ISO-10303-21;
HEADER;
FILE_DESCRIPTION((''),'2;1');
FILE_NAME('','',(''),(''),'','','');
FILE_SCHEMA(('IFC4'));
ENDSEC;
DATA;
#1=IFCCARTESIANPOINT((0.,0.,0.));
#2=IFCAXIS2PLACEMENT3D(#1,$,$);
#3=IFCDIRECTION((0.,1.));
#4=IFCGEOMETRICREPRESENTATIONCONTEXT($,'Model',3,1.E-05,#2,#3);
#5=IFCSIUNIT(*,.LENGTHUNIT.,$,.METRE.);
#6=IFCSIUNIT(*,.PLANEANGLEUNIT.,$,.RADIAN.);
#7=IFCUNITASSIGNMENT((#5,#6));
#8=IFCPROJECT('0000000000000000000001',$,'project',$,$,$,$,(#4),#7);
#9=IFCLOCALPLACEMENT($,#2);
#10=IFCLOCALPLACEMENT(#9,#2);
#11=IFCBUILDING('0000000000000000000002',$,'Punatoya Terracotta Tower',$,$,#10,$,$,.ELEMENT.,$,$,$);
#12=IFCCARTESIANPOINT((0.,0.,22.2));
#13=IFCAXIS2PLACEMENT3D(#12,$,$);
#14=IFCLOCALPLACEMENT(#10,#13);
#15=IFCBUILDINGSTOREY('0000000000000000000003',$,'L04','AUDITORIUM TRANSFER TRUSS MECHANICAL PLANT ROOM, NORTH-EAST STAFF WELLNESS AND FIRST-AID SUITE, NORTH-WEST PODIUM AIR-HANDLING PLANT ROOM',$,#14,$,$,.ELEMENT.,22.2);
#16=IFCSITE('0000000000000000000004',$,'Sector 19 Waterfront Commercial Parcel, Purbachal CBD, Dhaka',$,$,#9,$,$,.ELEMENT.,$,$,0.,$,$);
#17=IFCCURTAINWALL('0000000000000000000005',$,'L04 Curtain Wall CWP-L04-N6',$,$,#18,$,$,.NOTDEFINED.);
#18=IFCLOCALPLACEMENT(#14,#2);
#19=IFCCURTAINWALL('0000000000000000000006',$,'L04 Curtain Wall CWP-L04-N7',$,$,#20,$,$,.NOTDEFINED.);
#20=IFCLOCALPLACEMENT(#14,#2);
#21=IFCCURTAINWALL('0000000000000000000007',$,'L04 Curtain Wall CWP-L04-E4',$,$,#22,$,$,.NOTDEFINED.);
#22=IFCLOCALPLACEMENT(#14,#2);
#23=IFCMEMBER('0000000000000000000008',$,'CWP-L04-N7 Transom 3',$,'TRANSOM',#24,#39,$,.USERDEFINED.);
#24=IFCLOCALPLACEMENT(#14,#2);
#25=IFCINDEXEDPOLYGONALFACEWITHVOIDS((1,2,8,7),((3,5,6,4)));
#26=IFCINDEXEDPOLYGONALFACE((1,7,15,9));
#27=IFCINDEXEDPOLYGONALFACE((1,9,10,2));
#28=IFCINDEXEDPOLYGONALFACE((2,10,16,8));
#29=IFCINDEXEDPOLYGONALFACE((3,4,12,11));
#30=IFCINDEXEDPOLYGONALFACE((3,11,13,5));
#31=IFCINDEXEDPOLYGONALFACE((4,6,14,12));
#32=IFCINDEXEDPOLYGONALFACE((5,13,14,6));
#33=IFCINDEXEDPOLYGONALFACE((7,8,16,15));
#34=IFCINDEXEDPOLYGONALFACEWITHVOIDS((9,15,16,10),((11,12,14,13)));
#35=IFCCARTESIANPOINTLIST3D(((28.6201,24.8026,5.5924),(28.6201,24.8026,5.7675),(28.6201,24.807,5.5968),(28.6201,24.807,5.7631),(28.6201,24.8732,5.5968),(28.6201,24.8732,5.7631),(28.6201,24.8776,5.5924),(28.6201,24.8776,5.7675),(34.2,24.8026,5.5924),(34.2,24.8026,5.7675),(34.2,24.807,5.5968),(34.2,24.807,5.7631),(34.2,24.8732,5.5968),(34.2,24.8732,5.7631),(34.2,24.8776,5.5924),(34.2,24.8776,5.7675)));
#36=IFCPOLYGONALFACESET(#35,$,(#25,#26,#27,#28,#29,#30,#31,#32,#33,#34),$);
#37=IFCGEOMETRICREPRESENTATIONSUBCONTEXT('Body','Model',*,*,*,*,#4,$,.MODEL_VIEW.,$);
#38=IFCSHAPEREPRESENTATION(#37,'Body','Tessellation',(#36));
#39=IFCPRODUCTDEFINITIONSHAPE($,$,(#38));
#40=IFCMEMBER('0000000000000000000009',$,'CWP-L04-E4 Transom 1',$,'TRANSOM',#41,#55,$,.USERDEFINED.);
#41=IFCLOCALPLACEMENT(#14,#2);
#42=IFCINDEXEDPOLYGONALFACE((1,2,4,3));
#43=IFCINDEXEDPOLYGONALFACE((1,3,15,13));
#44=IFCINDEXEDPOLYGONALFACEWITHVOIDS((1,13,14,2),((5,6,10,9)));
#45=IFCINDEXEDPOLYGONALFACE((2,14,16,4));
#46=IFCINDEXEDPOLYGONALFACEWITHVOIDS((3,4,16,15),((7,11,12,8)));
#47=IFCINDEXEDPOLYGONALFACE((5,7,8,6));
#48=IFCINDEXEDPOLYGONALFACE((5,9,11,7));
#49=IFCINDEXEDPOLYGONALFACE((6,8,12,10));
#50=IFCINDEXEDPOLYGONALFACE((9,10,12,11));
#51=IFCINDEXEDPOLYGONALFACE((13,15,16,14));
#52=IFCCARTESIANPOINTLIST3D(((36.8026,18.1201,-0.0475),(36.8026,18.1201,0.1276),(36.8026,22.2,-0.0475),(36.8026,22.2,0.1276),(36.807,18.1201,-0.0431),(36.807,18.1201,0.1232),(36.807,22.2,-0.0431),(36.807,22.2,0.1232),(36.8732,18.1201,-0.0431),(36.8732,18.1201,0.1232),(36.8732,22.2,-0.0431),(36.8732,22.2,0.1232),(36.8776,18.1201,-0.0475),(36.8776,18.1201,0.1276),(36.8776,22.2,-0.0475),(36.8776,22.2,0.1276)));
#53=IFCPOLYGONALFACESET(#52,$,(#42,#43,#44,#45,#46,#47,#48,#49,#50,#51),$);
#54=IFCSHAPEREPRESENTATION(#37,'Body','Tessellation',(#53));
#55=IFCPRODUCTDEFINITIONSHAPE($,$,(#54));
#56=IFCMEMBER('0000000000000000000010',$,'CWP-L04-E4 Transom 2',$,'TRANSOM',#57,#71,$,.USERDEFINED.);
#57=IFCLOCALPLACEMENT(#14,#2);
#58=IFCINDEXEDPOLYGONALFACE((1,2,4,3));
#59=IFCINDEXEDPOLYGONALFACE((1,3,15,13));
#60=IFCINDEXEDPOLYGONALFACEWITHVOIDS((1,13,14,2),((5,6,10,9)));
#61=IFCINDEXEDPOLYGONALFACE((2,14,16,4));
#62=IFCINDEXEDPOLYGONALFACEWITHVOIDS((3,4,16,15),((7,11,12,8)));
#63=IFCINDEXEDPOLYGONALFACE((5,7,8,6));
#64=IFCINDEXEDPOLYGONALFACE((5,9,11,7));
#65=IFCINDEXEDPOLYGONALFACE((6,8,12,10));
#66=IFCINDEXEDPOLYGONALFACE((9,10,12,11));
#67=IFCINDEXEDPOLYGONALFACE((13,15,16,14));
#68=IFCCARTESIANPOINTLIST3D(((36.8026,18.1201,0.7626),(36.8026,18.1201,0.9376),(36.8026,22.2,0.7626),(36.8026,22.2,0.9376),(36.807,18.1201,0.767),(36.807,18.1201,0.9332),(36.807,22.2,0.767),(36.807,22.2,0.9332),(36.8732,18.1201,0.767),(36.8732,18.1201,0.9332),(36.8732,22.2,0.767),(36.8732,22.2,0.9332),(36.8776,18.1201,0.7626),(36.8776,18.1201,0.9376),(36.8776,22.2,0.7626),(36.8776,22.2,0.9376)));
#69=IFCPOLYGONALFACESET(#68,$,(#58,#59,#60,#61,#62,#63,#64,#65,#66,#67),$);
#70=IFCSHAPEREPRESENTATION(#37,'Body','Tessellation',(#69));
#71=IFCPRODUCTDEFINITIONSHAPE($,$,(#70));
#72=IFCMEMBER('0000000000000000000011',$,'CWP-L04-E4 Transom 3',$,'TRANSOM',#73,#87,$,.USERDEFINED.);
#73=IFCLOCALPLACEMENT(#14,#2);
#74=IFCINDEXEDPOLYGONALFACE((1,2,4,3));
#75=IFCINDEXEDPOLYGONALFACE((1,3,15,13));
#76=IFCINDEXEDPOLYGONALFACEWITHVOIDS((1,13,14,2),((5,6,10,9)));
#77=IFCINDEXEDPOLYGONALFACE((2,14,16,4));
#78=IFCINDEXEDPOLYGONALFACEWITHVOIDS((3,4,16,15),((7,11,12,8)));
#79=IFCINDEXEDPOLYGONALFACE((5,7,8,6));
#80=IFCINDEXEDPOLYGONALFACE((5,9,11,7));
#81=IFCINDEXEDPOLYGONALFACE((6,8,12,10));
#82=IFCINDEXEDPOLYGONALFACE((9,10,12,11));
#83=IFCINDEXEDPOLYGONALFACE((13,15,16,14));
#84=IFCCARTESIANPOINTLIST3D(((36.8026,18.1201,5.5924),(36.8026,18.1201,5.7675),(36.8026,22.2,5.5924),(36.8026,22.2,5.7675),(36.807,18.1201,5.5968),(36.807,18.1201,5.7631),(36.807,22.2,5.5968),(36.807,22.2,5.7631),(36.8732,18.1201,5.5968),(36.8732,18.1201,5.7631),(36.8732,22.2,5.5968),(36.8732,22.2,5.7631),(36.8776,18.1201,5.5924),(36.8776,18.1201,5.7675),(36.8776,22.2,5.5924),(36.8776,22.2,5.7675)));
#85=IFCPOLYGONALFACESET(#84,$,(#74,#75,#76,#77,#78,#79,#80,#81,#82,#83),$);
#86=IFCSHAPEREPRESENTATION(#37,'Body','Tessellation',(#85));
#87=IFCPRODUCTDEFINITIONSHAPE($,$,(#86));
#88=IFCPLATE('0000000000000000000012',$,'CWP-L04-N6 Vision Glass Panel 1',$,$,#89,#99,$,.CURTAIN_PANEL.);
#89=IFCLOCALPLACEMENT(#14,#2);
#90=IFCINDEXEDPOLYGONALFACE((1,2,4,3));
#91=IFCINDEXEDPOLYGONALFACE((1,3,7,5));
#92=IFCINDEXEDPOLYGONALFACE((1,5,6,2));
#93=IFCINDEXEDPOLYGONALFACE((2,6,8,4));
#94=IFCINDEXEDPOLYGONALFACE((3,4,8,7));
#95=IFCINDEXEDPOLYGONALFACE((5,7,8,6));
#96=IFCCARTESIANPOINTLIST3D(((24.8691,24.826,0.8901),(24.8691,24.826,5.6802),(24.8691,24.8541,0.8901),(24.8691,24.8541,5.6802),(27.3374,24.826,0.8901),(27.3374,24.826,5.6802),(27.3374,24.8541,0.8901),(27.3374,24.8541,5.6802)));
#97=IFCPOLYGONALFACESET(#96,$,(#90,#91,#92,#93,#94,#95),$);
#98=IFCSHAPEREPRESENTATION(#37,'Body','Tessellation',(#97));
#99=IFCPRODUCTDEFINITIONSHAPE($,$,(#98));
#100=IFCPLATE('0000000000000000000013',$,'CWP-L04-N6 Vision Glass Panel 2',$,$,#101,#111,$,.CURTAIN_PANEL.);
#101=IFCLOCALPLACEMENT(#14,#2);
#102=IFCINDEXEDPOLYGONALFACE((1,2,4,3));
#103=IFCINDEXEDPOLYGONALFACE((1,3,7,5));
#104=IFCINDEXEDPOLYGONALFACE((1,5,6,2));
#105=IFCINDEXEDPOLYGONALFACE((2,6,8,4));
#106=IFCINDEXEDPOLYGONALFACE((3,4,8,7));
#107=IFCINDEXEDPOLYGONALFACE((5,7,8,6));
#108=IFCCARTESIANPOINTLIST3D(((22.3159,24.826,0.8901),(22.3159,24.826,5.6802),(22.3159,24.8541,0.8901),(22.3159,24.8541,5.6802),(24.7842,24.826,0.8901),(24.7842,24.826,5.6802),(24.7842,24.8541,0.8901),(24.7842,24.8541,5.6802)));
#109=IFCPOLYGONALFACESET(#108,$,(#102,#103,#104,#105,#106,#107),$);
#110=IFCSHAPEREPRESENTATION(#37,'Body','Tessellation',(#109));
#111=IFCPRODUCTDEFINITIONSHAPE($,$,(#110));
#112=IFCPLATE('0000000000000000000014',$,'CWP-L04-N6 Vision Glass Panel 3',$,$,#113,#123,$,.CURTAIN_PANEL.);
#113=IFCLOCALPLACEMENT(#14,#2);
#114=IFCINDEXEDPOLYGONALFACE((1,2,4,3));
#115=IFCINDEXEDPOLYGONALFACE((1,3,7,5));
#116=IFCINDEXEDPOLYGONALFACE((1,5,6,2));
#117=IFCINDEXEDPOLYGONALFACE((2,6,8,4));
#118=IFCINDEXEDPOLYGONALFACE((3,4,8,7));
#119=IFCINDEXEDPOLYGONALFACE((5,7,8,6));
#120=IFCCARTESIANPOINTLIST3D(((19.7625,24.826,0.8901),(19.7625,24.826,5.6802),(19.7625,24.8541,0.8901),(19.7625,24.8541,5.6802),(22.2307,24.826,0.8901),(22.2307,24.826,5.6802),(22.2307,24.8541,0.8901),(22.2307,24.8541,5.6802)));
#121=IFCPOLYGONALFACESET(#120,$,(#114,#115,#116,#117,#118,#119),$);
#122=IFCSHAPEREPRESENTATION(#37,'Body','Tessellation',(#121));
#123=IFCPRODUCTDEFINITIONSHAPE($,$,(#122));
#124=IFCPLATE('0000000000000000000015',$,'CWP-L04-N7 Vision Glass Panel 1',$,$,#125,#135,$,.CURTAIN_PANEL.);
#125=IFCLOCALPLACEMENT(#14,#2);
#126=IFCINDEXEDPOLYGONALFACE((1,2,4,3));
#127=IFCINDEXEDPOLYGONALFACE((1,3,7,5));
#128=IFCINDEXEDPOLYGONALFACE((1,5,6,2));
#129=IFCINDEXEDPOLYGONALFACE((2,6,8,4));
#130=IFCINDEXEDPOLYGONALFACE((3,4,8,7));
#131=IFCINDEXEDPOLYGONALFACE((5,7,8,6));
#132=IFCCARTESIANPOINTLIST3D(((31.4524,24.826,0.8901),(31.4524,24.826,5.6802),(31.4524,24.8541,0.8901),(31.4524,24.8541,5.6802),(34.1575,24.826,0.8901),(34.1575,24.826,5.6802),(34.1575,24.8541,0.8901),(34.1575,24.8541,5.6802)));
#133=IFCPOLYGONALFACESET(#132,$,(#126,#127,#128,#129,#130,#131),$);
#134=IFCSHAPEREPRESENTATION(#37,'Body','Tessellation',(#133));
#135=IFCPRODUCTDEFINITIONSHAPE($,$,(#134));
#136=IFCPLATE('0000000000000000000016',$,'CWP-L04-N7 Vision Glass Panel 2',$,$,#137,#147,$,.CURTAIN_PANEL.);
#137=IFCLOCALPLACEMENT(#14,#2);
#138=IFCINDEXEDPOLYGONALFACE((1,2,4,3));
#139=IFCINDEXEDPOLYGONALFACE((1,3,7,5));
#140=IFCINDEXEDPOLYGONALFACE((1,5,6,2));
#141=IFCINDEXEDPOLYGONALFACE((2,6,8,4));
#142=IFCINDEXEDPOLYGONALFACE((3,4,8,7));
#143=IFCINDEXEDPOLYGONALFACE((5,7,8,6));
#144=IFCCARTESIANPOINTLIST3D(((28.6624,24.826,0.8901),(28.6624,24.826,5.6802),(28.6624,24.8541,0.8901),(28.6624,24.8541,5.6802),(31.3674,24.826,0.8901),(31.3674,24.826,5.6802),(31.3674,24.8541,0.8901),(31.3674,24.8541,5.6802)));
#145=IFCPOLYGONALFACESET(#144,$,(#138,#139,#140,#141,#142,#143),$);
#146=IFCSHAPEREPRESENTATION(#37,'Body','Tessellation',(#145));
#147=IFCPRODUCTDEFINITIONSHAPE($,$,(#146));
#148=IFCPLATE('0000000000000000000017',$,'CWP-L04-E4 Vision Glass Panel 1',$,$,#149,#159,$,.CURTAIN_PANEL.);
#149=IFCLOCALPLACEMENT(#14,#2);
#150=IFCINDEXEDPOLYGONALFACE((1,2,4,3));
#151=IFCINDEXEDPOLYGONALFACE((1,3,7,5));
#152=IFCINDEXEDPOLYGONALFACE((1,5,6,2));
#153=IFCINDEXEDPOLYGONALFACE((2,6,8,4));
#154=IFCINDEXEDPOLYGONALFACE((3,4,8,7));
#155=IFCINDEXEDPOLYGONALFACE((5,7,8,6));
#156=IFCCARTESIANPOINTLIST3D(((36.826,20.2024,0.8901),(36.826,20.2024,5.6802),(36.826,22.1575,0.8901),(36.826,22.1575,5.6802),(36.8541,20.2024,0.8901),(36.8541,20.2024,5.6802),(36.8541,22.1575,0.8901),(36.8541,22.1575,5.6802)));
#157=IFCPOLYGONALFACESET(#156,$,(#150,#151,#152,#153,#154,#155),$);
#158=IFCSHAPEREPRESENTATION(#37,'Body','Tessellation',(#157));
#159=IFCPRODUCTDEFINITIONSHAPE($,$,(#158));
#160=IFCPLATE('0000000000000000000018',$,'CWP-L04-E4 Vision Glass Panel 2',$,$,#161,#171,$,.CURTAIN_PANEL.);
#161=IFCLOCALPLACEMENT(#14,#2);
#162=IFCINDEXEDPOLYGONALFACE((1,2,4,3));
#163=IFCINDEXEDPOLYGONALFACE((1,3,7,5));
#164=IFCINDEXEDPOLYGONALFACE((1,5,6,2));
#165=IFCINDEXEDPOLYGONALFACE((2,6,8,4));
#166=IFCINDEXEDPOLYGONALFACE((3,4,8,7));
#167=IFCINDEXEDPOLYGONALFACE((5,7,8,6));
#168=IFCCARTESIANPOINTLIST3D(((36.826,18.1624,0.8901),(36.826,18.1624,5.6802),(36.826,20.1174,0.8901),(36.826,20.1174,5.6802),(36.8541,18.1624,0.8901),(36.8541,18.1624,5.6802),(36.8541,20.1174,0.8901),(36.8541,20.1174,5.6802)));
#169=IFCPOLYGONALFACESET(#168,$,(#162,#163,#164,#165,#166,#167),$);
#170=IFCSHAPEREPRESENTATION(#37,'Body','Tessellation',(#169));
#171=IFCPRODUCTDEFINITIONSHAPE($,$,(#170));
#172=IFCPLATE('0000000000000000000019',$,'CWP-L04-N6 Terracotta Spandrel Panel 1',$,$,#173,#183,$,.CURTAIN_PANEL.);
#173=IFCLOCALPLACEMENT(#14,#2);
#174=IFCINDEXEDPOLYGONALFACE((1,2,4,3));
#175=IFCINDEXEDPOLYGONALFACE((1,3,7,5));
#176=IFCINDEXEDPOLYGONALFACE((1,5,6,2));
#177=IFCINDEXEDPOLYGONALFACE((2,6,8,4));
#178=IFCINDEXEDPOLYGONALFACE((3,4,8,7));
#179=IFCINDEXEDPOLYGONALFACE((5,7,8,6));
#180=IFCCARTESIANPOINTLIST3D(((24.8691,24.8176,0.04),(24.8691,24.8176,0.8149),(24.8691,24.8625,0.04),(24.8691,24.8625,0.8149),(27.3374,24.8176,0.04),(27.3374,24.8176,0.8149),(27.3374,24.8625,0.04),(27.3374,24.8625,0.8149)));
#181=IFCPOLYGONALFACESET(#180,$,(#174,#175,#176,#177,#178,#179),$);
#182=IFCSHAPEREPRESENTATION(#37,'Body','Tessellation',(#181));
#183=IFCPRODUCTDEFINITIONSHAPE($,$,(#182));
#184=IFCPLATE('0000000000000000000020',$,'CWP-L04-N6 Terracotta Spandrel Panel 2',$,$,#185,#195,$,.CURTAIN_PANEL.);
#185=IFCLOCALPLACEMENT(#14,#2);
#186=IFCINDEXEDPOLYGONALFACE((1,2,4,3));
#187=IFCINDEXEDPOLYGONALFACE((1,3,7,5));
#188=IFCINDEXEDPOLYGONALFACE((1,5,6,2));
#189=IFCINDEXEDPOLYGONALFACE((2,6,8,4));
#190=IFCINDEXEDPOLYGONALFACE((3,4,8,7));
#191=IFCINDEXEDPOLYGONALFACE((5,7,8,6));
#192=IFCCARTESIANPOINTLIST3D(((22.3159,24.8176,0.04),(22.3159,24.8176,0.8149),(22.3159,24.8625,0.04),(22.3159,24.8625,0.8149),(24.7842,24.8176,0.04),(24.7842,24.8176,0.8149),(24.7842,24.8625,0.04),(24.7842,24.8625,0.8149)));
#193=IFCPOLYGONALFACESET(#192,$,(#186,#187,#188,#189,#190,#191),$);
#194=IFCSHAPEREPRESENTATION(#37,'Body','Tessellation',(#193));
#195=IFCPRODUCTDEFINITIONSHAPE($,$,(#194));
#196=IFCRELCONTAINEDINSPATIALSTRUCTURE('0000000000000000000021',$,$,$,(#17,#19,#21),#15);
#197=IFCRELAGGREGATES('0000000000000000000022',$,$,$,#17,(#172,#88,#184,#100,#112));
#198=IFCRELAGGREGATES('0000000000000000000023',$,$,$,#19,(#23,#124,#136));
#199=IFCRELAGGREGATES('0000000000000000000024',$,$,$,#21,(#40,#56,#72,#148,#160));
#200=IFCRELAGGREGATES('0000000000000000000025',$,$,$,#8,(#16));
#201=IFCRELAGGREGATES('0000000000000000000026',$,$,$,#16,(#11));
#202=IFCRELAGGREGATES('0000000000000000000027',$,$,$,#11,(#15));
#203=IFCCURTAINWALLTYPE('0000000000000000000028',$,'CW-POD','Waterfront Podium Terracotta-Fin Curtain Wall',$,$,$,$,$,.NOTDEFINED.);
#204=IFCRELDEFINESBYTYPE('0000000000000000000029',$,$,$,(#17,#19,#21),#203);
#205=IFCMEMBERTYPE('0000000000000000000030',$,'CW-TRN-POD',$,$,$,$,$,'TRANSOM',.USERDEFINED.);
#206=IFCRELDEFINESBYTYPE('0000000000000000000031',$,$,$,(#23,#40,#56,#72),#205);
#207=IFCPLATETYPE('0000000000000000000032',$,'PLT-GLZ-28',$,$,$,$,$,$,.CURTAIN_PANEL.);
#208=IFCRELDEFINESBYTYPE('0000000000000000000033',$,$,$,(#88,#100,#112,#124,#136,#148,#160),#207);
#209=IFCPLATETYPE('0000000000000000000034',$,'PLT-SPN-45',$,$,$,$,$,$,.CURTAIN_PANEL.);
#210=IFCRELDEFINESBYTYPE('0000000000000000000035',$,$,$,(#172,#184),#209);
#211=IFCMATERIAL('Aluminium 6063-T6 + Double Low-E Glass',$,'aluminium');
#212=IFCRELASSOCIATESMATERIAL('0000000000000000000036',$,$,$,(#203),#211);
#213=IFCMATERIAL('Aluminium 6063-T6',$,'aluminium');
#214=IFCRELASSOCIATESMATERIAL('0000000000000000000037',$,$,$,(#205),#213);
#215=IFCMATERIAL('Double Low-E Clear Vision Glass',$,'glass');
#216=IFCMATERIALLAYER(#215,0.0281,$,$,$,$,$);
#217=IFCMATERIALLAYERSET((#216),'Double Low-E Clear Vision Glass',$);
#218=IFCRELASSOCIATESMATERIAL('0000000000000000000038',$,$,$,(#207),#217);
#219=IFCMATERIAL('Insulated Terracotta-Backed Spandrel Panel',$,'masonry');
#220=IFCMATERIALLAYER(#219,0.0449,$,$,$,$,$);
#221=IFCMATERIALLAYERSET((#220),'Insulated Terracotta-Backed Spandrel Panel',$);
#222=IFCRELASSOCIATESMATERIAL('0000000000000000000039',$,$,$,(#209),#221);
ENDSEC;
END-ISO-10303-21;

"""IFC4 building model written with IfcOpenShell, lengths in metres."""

from ifc_helpers import new_model, si_unit, direction, frame, origin, origin_2d, place, context, subcontext, project, spatial, rectangle, hollow_rectangle, extrude, material, layer, layer_set, material_profile, profile_set, type_object, element, aggregate, save


model = new_model("IFC4")

# Units and contexts
model_context = context("Model", 3, precision=1e-05, world=origin(), true_north=direction((0.0, 1.0)))
body_context = subcontext(model_context, "Body", "Model", "MODEL_VIEW")
ifc_project = project(units=[si_unit("LENGTHUNIT", "METRE"), si_unit("PLANEANGLEUNIT", "RADIAN")], contexts=[model_context])

# Site, building, storey
site_placement = place(None, origin())
site = spatial("IfcSite", under=ifc_project, at=site_placement, Name="Sector 19 Waterfront Commercial Parcel, Purbachal CBD, Dhaka", CompositionType="ELEMENT", RefElevation=0.0)
building_placement = place(site_placement, origin())
building = spatial("IfcBuilding", under=site, at=building_placement, Name="Punatoya Terracotta Tower", CompositionType="ELEMENT")
storey_placement = place(building_placement, frame((0.0, 0.0, 22.2)))
storey = spatial("IfcBuildingStorey", under=building, at=storey_placement, Name="L04", Description="AUDITORIUM TRANSFER TRUSS MECHANICAL PLANT ROOM, NORTH-EAST STAFF WELLNESS AND FIRST-AID SUITE, NORTH-WEST PODIUM AIR-HANDLING PLANT ROOM", CompositionType="ELEMENT", Elevation=22.2)

# Curtain walls
ifc_material_1 = material(Name="Aluminium 6063-T6 + Double Low-E Glass", Category="aluminium")
curtain_wall_type = type_object("IfcCurtainWallType", Name="CW-POD", Description="Waterfront Podium Terracotta-Fin Curtain Wall", PredefinedType="NOTDEFINED", material=ifc_material_1)
curtain_wall_1_placement = place(storey_placement, origin())
curtain_wall_1 = element("IfcCurtainWall", 1, at=curtain_wall_1_placement, inside=storey, type_object=curtain_wall_type, Name="L04 Curtain Wall CWP-L04-N6", PredefinedType="NOTDEFINED")
ifc_material_2 = material(Name="Aluminium 6063-T6", Category="aluminium")
curtain_wall_2_placement = place(storey_placement, origin())
curtain_wall_2 = element("IfcCurtainWall", 2, at=curtain_wall_2_placement, inside=storey, type_object=curtain_wall_type, Name="L04 Curtain Wall CWP-L04-N7", PredefinedType="NOTDEFINED")
curtain_wall_3_placement = place(storey_placement, origin())
curtain_wall_3 = element("IfcCurtainWall", 3, at=curtain_wall_3_placement, inside=storey, type_object=curtain_wall_type, Name="L04 Curtain Wall CWP-L04-E4", PredefinedType="NOTDEFINED")

# Members
ifc_material_profile_1 = material_profile(ifc_material_2, hollow_rectangle(XDim=0.075, YDim=0.175, WallThickness=0.0044, at=origin_2d()))
ifc_profile_set_1 = profile_set([ifc_material_profile_1], Name="Aluminium 6063-T6")
member_type_1 = type_object("IfcMemberType", Name="CW-TRN-POD", ElementType="TRANSOM", PredefinedType="USERDEFINED", material=ifc_profile_set_1)
member_1_placement = place(storey_placement, frame((34.2, 24.8401, 5.6799), z_axis=(-1.0, 0.0, 0.0), x_axis=(0.0, -1.0, 0.0)))
member_1 = element("IfcMember", 4, at=member_1_placement, type_object=member_type_1, Name="CWP-L04-N7 Transom 3", ObjectType="TRANSOM", PredefinedType="USERDEFINED", context=body_context, shape_type="SweptSolid", body=[
    extrude(hollow_rectangle(XDim=0.075, YDim=0.175, WallThickness=0.0044, at=origin_2d()), origin(), (0.0, 0.0, 1.0), 5.5798),
])
member_2_placement = place(storey_placement, frame((36.8401, 22.2, 0.04), z_axis=(0.0, -1.0, 0.0), x_axis=(1.0, 0.0, 0.0)))
member_2 = element("IfcMember", 5, at=member_2_placement, type_object=member_type_1, Name="CWP-L04-E4 Transom 1", ObjectType="TRANSOM", PredefinedType="USERDEFINED", context=body_context, shape_type="SweptSolid", body=[
    extrude(hollow_rectangle(XDim=0.075, YDim=0.175, WallThickness=0.0044, at=origin_2d()), origin(), (0.0, 0.0, 1.0), 4.0798),
])
member_3_placement = place(storey_placement, frame((36.8401, 22.2, 0.8501), z_axis=(0.0, -1.0, 0.0), x_axis=(1.0, 0.0, 0.0)))
member_3 = element("IfcMember", 6, at=member_3_placement, type_object=member_type_1, Name="CWP-L04-E4 Transom 2", ObjectType="TRANSOM", PredefinedType="USERDEFINED", context=body_context, shape_type="SweptSolid", body=[
    extrude(hollow_rectangle(XDim=0.075, YDim=0.175, WallThickness=0.0044, at=origin_2d()), origin(), (0.0, 0.0, 1.0), 4.0798),
])
member_4_placement = place(storey_placement, frame((36.8401, 22.2, 5.6799), z_axis=(0.0, -1.0, 0.0), x_axis=(1.0, 0.0, 0.0)))
member_4 = element("IfcMember", 7, at=member_4_placement, type_object=member_type_1, Name="CWP-L04-E4 Transom 3", ObjectType="TRANSOM", PredefinedType="USERDEFINED", context=body_context, shape_type="SweptSolid", body=[
    extrude(hollow_rectangle(XDim=0.075, YDim=0.175, WallThickness=0.0044, at=origin_2d()), origin(), (0.0, 0.0, 1.0), 4.0798),
])

# Plates
ifc_material_3 = material(Name="Double Low-E Clear Vision Glass", Category="glass")
ifc_layer_1 = layer(ifc_material_3, 0.0281)
ifc_layer_set_1 = layer_set([ifc_layer_1], Name="Double Low-E Clear Vision Glass")
plate_type_1 = type_object("IfcPlateType", Name="PLT-GLZ-28", PredefinedType="CURTAIN_PANEL", material=ifc_layer_set_1)
plate_1_placement = place(storey_placement, frame((26.1033, 24.8401, 0.8901), z_axis=(0.0, 0.0, 1.0), x_axis=(-1.0, 0.0, 0.0)))
plate_1 = element("IfcPlate", 8, at=plate_1_placement, type_object=plate_type_1, Name="CWP-L04-N6 Vision Glass Panel 1", PredefinedType="CURTAIN_PANEL", context=body_context, shape_type="SweptSolid", body=[
    extrude(rectangle(XDim=2.4683, YDim=0.0281, at=origin_2d()), origin(), (0.0, 0.0, 1.0), 4.79),
])
plate_2_placement = place(storey_placement, frame((23.55, 24.8401, 0.8901), z_axis=(0.0, 0.0, 1.0), x_axis=(-1.0, 0.0, 0.0)))
plate_2 = element("IfcPlate", 9, at=plate_2_placement, type_object=plate_type_1, Name="CWP-L04-N6 Vision Glass Panel 2", PredefinedType="CURTAIN_PANEL", context=body_context, shape_type="SweptSolid", body=[
    extrude(rectangle(XDim=2.4683, YDim=0.0281, at=origin_2d()), origin(), (0.0, 0.0, 1.0), 4.79),
])
plate_3_placement = place(storey_placement, frame((20.9966, 24.8401, 0.8901), z_axis=(0.0, 0.0, 1.0), x_axis=(-1.0, 0.0, 0.0)))
plate_3 = element("IfcPlate", 10, at=plate_3_placement, type_object=plate_type_1, Name="CWP-L04-N6 Vision Glass Panel 3", PredefinedType="CURTAIN_PANEL", context=body_context, shape_type="SweptSolid", body=[
    extrude(rectangle(XDim=2.4683, YDim=0.0281, at=origin_2d()), origin(), (0.0, 0.0, 1.0), 4.79),
])
plate_4_placement = place(storey_placement, frame((32.8049, 24.8401, 0.8901), z_axis=(0.0, 0.0, 1.0), x_axis=(-1.0, 0.0, 0.0)))
plate_4 = element("IfcPlate", 11, at=plate_4_placement, type_object=plate_type_1, Name="CWP-L04-N7 Vision Glass Panel 1", PredefinedType="CURTAIN_PANEL", context=body_context, shape_type="SweptSolid", body=[
    extrude(rectangle(XDim=2.7051, YDim=0.0281, at=origin_2d()), origin(), (0.0, 0.0, 1.0), 4.79),
])
plate_5_placement = place(storey_placement, frame((30.0149, 24.8401, 0.8901), z_axis=(0.0, 0.0, 1.0), x_axis=(-1.0, 0.0, 0.0)))
plate_5 = element("IfcPlate", 12, at=plate_5_placement, type_object=plate_type_1, Name="CWP-L04-N7 Vision Glass Panel 2", PredefinedType="CURTAIN_PANEL", context=body_context, shape_type="SweptSolid", body=[
    extrude(rectangle(XDim=2.7051, YDim=0.0281, at=origin_2d()), origin(), (0.0, 0.0, 1.0), 4.79),
])
plate_6_placement = place(storey_placement, frame((36.8401, 21.1799, 0.8901), z_axis=(0.0, 0.0, 1.0), x_axis=(0.0, -1.0, 0.0)))
plate_6 = element("IfcPlate", 13, at=plate_6_placement, type_object=plate_type_1, Name="CWP-L04-E4 Vision Glass Panel 1", PredefinedType="CURTAIN_PANEL", context=body_context, shape_type="SweptSolid", body=[
    extrude(rectangle(XDim=1.9551, YDim=0.0281, at=origin_2d()), origin(), (0.0, 0.0, 1.0), 4.79),
])
plate_7_placement = place(storey_placement, frame((36.8401, 19.1399, 0.8901), z_axis=(0.0, 0.0, 1.0), x_axis=(0.0, -1.0, 0.0)))
plate_7 = element("IfcPlate", 14, at=plate_7_placement, type_object=plate_type_1, Name="CWP-L04-E4 Vision Glass Panel 2", PredefinedType="CURTAIN_PANEL", context=body_context, shape_type="SweptSolid", body=[
    extrude(rectangle(XDim=1.9551, YDim=0.0281, at=origin_2d()), origin(), (0.0, 0.0, 1.0), 4.79),
])
ifc_material_4 = material(Name="Insulated Terracotta-Backed Spandrel Panel", Category="masonry")
ifc_layer_2 = layer(ifc_material_4, 0.0449)
ifc_layer_set_2 = layer_set([ifc_layer_2], Name="Insulated Terracotta-Backed Spandrel Panel")
plate_type_2 = type_object("IfcPlateType", Name="PLT-SPN-45", PredefinedType="CURTAIN_PANEL", material=ifc_layer_set_2)
plate_8_placement = place(storey_placement, frame((26.1033, 24.8401, 0.04), z_axis=(0.0, 0.0, 1.0), x_axis=(-1.0, 0.0, 0.0)))
plate_8 = element("IfcPlate", 15, at=plate_8_placement, type_object=plate_type_2, Name="CWP-L04-N6 Terracotta Spandrel Panel 1", PredefinedType="CURTAIN_PANEL", context=body_context, shape_type="SweptSolid", body=[
    extrude(rectangle(XDim=2.4683, YDim=0.0449, at=origin_2d()), origin(), (0.0, 0.0, 1.0), 0.7749),
])
plate_9_placement = place(storey_placement, frame((23.55, 24.8401, 0.04), z_axis=(0.0, 0.0, 1.0), x_axis=(-1.0, 0.0, 0.0)))
plate_9 = element("IfcPlate", 16, at=plate_9_placement, type_object=plate_type_2, Name="CWP-L04-N6 Terracotta Spandrel Panel 2", PredefinedType="CURTAIN_PANEL", context=body_context, shape_type="SweptSolid", body=[
    extrude(rectangle(XDim=2.4683, YDim=0.0449, at=origin_2d()), origin(), (0.0, 0.0, 1.0), 0.7749),
])
aggregate(curtain_wall_1, [plate_8, plate_1, plate_9, plate_2, plate_3])
aggregate(curtain_wall_2, [member_1, plate_4, plate_5])
aggregate(curtain_wall_3, [member_2, member_3, member_4, plate_6, plate_7])

save(model, "model.ifc")
